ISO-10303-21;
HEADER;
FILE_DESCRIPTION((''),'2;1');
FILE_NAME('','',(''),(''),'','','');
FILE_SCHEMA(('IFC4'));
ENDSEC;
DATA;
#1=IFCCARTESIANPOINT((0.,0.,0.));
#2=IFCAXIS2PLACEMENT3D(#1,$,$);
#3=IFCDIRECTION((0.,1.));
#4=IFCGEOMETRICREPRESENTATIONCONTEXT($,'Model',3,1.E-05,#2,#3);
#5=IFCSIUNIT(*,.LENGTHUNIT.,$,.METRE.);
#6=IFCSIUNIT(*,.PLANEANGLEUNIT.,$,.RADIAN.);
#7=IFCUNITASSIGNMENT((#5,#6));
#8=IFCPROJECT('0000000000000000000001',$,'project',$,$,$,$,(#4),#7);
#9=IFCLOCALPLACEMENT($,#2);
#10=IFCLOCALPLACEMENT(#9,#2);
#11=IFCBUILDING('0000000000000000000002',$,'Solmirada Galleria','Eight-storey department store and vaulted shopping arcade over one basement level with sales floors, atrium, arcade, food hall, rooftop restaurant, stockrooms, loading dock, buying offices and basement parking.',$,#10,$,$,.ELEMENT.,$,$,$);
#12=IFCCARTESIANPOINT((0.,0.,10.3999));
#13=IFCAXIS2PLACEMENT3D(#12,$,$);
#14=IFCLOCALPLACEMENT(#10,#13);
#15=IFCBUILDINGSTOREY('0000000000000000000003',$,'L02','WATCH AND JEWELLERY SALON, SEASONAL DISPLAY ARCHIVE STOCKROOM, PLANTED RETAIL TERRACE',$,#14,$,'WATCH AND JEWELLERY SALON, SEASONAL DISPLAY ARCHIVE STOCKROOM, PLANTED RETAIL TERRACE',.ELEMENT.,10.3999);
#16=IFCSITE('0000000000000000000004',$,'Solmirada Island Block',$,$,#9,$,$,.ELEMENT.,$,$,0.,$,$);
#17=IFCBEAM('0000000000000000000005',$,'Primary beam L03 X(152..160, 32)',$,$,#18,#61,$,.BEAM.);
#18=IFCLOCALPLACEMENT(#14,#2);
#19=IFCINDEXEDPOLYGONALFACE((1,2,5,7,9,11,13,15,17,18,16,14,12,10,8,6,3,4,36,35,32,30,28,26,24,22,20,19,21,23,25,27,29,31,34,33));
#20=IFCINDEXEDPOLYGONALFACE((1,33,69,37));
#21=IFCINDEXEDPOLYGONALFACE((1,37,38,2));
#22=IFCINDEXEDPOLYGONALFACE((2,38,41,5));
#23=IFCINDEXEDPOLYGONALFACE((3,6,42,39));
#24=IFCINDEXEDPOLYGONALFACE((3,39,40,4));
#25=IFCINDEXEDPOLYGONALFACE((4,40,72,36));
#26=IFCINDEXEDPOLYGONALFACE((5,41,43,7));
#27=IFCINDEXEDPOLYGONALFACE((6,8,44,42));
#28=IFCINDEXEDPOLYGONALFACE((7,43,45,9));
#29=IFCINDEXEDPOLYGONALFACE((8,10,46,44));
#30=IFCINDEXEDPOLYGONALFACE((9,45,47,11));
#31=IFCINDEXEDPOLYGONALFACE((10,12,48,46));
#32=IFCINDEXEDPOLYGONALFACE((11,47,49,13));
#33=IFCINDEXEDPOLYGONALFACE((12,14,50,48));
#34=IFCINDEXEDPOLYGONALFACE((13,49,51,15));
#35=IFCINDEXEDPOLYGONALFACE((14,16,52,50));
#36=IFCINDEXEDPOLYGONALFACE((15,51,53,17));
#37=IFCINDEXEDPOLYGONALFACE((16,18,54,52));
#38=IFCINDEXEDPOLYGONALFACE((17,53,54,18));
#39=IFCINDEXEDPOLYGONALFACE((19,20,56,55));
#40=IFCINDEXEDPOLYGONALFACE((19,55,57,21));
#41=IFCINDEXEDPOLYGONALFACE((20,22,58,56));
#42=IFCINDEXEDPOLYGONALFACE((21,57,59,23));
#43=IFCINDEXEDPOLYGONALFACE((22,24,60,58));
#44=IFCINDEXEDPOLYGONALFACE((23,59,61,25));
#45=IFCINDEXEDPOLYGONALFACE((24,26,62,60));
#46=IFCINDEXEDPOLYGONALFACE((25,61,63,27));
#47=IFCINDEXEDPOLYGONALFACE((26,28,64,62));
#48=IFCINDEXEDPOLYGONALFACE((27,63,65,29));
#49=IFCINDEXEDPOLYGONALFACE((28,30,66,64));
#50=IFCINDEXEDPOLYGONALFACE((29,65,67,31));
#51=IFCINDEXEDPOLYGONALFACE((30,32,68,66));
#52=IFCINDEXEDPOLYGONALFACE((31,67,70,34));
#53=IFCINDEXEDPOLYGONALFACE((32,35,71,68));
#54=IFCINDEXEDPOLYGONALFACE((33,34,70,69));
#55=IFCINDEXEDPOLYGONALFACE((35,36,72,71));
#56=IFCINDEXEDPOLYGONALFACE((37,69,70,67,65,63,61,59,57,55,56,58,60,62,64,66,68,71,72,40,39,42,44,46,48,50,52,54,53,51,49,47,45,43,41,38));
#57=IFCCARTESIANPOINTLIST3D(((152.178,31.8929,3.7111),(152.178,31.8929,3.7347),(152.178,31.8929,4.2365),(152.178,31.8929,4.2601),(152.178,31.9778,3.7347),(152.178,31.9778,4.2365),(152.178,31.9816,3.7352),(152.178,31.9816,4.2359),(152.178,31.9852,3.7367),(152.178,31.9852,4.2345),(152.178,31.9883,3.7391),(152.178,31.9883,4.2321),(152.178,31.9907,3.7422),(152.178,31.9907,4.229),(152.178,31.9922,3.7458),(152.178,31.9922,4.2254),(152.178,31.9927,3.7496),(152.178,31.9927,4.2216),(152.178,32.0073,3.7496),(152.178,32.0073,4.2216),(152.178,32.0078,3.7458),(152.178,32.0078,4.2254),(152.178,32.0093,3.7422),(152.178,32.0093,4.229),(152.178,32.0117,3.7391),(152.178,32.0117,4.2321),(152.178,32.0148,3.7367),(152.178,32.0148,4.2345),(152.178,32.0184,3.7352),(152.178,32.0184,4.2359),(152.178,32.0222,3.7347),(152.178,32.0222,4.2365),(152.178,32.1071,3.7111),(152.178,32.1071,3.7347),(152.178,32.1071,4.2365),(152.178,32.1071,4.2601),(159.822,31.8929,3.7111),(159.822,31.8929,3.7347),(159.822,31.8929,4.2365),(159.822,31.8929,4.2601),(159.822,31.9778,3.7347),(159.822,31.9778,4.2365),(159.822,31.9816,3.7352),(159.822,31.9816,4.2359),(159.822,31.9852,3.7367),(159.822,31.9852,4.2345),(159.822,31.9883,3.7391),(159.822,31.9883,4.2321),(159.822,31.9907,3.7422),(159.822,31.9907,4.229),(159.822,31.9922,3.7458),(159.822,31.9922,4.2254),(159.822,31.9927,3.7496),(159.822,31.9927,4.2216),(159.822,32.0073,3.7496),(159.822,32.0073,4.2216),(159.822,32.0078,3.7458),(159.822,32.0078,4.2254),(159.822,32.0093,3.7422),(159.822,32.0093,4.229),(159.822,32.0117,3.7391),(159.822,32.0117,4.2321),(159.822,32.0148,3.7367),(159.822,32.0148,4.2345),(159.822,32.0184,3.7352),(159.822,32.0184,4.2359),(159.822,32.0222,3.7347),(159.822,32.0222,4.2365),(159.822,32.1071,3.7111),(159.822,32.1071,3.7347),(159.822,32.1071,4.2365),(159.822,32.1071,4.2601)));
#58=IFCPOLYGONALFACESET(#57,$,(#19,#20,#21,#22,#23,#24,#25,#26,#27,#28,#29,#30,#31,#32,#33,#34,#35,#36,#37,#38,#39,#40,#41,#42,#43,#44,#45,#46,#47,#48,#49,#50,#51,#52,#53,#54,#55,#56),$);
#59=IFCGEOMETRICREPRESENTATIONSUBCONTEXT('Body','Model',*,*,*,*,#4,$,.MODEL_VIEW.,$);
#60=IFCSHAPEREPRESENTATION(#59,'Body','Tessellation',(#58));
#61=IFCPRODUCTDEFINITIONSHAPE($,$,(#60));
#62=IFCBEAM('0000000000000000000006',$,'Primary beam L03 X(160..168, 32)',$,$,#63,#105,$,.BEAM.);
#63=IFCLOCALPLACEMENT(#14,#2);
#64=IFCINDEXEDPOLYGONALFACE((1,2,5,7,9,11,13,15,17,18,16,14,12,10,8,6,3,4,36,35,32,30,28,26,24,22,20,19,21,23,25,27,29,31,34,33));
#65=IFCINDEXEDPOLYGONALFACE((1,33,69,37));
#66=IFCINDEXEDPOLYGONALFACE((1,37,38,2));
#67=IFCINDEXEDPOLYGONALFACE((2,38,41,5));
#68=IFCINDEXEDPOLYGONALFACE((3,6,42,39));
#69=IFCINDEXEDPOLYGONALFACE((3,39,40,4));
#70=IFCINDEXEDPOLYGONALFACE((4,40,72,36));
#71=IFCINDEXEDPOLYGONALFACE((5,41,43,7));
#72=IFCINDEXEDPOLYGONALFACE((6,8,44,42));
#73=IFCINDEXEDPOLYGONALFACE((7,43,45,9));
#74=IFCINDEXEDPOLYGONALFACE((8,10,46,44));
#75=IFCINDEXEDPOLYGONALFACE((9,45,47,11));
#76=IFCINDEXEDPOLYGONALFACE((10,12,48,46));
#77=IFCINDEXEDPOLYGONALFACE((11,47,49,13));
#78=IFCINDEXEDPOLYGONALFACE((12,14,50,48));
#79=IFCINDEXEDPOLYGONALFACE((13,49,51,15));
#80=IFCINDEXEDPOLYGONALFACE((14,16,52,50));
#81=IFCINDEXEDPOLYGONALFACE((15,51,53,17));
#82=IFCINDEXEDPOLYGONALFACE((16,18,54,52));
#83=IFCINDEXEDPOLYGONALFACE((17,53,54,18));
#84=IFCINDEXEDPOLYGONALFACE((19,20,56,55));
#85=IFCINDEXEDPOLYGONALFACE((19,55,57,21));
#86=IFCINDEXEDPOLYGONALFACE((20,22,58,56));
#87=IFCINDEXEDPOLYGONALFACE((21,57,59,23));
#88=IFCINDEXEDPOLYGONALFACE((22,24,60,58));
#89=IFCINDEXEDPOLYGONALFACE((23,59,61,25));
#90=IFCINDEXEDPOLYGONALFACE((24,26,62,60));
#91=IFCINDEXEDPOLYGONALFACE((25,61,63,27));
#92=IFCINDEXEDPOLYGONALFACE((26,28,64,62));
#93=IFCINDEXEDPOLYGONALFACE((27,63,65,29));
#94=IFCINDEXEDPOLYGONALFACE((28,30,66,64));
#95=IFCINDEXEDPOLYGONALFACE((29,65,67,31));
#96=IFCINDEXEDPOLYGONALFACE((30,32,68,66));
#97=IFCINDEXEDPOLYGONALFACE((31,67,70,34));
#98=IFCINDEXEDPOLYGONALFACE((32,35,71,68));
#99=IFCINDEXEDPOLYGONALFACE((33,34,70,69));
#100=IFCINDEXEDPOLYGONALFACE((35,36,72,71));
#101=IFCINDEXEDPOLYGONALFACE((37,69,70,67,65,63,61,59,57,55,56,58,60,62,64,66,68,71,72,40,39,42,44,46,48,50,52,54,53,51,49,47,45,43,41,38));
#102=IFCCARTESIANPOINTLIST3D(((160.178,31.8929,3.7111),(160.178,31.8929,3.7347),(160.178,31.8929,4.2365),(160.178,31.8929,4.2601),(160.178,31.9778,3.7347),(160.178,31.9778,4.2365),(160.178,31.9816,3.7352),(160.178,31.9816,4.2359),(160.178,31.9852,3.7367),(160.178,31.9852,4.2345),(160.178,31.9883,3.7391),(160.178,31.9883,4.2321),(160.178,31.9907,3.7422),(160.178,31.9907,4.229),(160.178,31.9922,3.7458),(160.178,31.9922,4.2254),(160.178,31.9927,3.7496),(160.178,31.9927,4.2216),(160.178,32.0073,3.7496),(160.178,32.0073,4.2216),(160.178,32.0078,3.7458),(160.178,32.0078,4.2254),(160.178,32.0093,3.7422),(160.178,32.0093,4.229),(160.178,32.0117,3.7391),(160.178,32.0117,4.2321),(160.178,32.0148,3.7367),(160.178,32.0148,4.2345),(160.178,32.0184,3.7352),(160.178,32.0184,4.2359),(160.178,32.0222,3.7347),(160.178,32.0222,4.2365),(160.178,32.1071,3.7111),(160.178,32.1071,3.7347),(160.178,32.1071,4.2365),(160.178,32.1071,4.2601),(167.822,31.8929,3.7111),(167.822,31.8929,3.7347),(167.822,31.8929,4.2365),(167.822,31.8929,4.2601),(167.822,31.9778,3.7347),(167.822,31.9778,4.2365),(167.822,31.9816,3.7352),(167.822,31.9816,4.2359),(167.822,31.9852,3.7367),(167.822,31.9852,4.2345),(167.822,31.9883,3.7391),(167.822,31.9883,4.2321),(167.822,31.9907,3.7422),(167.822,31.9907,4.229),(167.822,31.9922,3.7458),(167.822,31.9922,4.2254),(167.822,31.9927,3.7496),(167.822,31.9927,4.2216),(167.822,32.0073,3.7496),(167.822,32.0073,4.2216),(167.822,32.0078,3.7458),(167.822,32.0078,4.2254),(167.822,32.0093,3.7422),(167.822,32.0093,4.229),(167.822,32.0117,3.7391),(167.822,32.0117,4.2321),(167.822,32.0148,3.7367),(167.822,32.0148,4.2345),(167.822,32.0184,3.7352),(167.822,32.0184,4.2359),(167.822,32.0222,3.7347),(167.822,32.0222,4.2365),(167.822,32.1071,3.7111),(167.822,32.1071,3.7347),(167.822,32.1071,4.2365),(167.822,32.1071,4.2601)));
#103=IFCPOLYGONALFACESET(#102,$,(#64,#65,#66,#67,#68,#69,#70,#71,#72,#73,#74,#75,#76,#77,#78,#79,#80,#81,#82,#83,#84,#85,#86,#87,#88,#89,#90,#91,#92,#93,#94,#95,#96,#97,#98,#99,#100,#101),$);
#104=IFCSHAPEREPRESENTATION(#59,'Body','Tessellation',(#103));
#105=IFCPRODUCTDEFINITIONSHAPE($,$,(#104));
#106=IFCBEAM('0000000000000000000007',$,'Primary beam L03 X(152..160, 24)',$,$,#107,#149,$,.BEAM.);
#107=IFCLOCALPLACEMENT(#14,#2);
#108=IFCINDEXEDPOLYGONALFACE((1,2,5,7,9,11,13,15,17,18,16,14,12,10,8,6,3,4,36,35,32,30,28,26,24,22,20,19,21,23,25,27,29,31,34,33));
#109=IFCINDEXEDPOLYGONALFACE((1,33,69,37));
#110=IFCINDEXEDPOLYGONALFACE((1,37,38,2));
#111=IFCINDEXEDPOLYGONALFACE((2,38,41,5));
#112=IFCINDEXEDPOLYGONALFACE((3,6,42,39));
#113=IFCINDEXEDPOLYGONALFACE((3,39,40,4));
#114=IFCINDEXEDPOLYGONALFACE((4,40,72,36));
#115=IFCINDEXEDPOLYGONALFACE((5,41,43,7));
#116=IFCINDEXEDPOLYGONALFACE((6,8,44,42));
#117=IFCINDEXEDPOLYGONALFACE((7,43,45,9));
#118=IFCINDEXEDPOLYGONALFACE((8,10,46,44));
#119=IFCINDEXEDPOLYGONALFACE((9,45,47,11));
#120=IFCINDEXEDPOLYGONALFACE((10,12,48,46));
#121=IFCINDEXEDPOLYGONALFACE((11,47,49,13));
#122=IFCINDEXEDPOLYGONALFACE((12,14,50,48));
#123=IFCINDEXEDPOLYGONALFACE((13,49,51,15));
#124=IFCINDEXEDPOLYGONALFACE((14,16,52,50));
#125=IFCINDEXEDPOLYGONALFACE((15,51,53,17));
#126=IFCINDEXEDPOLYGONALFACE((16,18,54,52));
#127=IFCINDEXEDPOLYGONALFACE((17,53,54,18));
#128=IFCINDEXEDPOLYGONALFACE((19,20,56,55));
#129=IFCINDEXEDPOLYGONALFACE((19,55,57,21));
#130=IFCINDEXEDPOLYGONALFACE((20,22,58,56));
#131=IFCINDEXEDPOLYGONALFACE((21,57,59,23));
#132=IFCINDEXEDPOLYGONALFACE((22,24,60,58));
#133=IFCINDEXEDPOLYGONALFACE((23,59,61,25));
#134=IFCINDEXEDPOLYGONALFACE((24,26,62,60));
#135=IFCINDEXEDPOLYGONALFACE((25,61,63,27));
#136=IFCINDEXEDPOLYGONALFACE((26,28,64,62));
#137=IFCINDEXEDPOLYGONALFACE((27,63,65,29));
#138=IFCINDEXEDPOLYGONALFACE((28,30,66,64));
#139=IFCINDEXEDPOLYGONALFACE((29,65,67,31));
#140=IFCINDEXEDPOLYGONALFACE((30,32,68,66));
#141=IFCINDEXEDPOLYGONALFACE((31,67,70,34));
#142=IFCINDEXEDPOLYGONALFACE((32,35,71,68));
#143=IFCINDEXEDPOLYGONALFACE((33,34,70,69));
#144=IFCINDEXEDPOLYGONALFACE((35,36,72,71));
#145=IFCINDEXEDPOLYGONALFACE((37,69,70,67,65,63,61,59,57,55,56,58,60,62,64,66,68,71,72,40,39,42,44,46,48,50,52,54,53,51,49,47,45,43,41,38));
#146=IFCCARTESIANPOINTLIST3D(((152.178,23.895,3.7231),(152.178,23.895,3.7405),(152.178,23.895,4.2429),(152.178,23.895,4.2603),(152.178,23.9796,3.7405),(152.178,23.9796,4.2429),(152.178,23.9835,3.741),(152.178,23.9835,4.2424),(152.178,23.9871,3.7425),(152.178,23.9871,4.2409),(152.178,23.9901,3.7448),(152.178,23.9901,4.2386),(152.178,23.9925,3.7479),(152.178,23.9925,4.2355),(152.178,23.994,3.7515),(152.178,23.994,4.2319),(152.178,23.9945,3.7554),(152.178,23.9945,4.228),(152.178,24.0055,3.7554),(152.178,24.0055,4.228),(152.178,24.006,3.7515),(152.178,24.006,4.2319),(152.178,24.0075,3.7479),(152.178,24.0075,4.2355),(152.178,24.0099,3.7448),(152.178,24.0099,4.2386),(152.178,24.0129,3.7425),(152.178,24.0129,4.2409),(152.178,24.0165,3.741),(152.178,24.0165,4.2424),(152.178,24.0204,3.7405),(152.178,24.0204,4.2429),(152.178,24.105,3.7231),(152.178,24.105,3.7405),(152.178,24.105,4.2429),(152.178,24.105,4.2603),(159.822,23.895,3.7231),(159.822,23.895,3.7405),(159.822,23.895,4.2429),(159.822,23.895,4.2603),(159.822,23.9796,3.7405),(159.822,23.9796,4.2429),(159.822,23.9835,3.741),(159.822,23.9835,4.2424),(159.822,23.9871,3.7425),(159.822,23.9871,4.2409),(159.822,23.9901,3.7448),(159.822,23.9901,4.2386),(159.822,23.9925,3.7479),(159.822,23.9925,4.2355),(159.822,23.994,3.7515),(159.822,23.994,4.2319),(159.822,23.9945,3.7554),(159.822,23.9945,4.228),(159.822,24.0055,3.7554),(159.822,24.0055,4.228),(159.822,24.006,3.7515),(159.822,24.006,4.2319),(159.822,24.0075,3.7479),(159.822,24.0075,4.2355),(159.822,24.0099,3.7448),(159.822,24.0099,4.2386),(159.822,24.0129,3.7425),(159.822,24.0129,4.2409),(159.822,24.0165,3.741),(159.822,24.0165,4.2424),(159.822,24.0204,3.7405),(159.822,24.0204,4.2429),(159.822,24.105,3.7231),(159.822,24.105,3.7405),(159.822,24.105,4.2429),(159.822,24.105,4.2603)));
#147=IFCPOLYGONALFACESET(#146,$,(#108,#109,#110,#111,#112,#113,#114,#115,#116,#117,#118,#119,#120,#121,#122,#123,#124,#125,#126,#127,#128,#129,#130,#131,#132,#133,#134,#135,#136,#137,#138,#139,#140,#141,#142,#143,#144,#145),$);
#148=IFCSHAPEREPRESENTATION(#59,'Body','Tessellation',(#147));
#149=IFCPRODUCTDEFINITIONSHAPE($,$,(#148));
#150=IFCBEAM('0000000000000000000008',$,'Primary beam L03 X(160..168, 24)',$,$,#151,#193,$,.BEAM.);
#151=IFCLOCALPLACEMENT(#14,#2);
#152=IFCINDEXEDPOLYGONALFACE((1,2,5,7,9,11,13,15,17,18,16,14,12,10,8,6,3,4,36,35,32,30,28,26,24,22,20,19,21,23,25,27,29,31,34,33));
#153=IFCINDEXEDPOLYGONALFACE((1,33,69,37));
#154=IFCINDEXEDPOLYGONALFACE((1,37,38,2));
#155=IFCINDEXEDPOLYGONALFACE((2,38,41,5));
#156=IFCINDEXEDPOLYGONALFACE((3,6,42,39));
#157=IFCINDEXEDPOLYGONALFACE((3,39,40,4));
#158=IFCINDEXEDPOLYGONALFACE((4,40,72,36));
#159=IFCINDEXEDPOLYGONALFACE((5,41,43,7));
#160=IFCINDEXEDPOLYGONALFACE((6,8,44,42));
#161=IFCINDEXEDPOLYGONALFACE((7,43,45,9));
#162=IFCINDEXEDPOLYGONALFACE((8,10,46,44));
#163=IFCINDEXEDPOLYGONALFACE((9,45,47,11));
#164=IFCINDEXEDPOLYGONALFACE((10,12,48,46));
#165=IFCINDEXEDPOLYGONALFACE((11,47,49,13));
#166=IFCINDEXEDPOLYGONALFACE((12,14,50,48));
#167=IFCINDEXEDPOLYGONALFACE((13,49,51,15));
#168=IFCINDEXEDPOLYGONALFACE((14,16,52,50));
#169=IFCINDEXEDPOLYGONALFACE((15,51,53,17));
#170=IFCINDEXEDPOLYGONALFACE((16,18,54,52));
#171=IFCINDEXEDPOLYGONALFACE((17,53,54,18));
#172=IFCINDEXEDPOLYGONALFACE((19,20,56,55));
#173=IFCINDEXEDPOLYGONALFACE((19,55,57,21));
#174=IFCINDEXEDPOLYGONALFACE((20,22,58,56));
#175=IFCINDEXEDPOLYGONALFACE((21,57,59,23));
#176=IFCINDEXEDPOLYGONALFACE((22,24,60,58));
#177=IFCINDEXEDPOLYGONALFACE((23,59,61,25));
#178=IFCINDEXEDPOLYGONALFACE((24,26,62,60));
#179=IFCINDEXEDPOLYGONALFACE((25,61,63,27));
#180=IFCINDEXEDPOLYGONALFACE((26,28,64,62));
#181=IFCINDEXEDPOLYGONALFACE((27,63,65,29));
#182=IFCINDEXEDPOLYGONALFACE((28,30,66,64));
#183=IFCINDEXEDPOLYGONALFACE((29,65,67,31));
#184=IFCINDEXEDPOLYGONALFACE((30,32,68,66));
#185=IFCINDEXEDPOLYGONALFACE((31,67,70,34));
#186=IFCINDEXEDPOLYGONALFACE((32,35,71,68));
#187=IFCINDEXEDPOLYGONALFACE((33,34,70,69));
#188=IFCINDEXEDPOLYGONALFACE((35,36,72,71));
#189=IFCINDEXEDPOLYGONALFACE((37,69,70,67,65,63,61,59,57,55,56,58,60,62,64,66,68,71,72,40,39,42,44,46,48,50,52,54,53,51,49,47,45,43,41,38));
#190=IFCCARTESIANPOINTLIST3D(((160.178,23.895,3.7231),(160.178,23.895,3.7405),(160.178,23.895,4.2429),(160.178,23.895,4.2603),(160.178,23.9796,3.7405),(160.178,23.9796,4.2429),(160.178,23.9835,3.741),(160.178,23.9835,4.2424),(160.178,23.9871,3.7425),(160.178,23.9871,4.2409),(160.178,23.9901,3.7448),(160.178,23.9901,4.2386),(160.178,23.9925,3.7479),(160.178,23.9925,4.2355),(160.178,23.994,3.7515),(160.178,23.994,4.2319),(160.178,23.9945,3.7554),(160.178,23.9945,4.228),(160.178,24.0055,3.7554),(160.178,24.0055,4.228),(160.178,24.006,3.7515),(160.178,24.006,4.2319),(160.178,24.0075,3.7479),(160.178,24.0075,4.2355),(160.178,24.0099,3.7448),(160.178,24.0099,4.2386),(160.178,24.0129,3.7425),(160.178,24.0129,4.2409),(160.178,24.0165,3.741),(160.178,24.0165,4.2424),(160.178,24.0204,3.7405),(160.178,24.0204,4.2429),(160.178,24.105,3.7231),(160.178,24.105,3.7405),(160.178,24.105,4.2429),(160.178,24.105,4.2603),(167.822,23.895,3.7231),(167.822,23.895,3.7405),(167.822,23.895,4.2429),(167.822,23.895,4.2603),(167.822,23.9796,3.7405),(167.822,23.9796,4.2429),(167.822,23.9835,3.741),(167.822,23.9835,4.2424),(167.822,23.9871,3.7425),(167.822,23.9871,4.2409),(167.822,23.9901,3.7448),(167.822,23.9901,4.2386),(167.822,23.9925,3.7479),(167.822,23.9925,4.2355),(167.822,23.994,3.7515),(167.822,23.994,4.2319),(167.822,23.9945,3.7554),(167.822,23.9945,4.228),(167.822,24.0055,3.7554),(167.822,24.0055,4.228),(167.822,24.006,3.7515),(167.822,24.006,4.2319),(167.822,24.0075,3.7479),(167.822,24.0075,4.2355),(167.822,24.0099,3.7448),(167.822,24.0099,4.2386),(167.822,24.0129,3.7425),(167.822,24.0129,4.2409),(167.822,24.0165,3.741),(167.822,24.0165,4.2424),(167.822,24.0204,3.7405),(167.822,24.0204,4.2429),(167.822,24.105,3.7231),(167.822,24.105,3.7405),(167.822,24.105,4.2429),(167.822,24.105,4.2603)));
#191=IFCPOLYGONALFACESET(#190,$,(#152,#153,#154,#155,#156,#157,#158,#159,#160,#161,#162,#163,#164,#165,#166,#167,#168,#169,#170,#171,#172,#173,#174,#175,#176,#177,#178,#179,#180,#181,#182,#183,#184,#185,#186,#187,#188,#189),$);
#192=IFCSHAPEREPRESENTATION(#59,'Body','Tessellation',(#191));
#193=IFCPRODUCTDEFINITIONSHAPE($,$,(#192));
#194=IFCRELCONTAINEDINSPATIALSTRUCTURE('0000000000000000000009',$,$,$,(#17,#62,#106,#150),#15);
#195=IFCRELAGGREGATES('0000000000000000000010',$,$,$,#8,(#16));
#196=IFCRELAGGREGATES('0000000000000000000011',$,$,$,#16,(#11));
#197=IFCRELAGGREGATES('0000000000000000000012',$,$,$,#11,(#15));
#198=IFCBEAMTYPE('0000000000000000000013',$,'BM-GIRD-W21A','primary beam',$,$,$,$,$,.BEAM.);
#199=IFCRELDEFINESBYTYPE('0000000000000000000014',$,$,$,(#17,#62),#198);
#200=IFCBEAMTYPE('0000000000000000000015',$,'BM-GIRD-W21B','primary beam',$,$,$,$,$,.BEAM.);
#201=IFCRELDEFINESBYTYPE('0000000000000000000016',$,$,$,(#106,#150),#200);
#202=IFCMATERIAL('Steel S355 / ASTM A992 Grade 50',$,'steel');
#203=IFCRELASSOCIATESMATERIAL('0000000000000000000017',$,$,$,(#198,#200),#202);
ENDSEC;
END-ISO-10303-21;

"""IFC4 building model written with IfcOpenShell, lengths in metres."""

from ifc_helpers import new_model, si_unit, direction, frame, origin, origin_2d, place, context, subcontext, project, spatial, i_section, extrude, material, material_profile, profile_set, type_object, element, save


model = new_model("IFC4")

# Units and contexts
model_context = context("Model", 3, precision=1e-05, world=origin(), true_north=direction((0.0, 1.0)))
body_context = subcontext(model_context, "Body", "Model", "MODEL_VIEW")
ifc_project = project(units=[si_unit("LENGTHUNIT", "METRE"), si_unit("PLANEANGLEUNIT", "RADIAN")], contexts=[model_context])

# Site, building, storey
site_placement = place(None, origin())
site = spatial("IfcSite", under=ifc_project, at=site_placement, Name="Solmirada Island Block", CompositionType="ELEMENT", RefElevation=0.0)
building_placement = place(site_placement, origin())
building = spatial("IfcBuilding", under=site, at=building_placement, Name="Solmirada Galleria", Description="Eight-storey department store and vaulted shopping arcade over one basement level with sales floors, atrium, arcade, food hall, rooftop restaurant, stockrooms, loading dock, buying offices and basement parking.", CompositionType="ELEMENT")
storey_placement = place(building_placement, frame((0.0, 0.0, 10.3999)))
storey = spatial("IfcBuildingStorey", under=building, at=storey_placement, Name="L02", Description="WATCH AND JEWELLERY SALON, SEASONAL DISPLAY ARCHIVE STOCKROOM, PLANTED RETAIL TERRACE", LongName="WATCH AND JEWELLERY SALON, SEASONAL DISPLAY ARCHIVE STOCKROOM, PLANTED RETAIL TERRACE", CompositionType="ELEMENT", Elevation=10.3999)

# Beams
ifc_material_1 = material(Name="Steel S355 / ASTM A992 Grade 50", Category="steel")
ifc_material_profile_1 = material_profile(ifc_material_1, i_section(OverallWidth=0.2141, OverallDepth=0.5491, WebThickness=0.0146, FlangeThickness=0.0237, FilletRadius=0.0149, at=origin_2d()), Name="W21X93")
ifc_profile_set_1 = profile_set([ifc_material_profile_1], Name="Steel S355 / ASTM A992 Grade 50")
beam_type_1 = type_object("IfcBeamType", Name="BM-GIRD-W21A", Description="primary beam", PredefinedType="BEAM", material=ifc_profile_set_1)
for number, where, z_axis, x_axis, name in (
    (1, (152.178, 32.0, 3.9856), (1.0, 0.0, 0.0), (0.0, 1.0, 0.0), "Primary beam L03 X(152..160, 32)"),
    (2, (160.178, 32.0, 3.9856), (1.0, 0.0, 0.0), (0.0, 1.0, 0.0), "Primary beam L03 X(160..168, 32)"),
):
    element("IfcBeam", number, at=place(storey_placement, frame(where, z_axis=z_axis, x_axis=x_axis)), inside=storey, type_object=beam_type_1, Name=name, PredefinedType="BEAM", context=body_context, shape_type="SweptSolid", body=[
        extrude(i_section(OverallWidth=0.2141, OverallDepth=0.5491, WebThickness=0.0146, FlangeThickness=0.0237, FilletRadius=0.0149, at=origin_2d()), origin(), (0.0, 0.0, 1.0), 7.644),
    ])
ifc_material_profile_2 = material_profile(ifc_material_1, i_section(OverallWidth=0.21, OverallDepth=0.5371, WebThickness=0.011, FlangeThickness=0.0173, FilletRadius=0.0149, at=origin_2d()), Name="W21X68")
ifc_profile_set_2 = profile_set([ifc_material_profile_2], Name="Steel S355 / ASTM A992 Grade 50")
beam_type_2 = type_object("IfcBeamType", Name="BM-GIRD-W21B", Description="primary beam", PredefinedType="BEAM", material=ifc_profile_set_2)
for number, where, z_axis, x_axis, name in (
    (3, (152.178, 24.0, 3.9917), (1.0, 0.0, 0.0), (0.0, 1.0, 0.0), "Primary beam L03 X(152..160, 24)"),
    (4, (160.178, 24.0, 3.9917), (1.0, 0.0, 0.0), (0.0, 1.0, 0.0), "Primary beam L03 X(160..168, 24)"),
):
    element("IfcBeam", number, at=place(storey_placement, frame(where, z_axis=z_axis, x_axis=x_axis)), inside=storey, type_object=beam_type_2, Name=name, PredefinedType="BEAM", context=body_context, shape_type="SweptSolid", body=[
        extrude(i_section(OverallWidth=0.21, OverallDepth=0.5371, WebThickness=0.011, FlangeThickness=0.0173, FilletRadius=0.0149, at=origin_2d()), origin(), (0.0, 0.0, 1.0), 7.644),
    ])

save(model, "model.ifc")
